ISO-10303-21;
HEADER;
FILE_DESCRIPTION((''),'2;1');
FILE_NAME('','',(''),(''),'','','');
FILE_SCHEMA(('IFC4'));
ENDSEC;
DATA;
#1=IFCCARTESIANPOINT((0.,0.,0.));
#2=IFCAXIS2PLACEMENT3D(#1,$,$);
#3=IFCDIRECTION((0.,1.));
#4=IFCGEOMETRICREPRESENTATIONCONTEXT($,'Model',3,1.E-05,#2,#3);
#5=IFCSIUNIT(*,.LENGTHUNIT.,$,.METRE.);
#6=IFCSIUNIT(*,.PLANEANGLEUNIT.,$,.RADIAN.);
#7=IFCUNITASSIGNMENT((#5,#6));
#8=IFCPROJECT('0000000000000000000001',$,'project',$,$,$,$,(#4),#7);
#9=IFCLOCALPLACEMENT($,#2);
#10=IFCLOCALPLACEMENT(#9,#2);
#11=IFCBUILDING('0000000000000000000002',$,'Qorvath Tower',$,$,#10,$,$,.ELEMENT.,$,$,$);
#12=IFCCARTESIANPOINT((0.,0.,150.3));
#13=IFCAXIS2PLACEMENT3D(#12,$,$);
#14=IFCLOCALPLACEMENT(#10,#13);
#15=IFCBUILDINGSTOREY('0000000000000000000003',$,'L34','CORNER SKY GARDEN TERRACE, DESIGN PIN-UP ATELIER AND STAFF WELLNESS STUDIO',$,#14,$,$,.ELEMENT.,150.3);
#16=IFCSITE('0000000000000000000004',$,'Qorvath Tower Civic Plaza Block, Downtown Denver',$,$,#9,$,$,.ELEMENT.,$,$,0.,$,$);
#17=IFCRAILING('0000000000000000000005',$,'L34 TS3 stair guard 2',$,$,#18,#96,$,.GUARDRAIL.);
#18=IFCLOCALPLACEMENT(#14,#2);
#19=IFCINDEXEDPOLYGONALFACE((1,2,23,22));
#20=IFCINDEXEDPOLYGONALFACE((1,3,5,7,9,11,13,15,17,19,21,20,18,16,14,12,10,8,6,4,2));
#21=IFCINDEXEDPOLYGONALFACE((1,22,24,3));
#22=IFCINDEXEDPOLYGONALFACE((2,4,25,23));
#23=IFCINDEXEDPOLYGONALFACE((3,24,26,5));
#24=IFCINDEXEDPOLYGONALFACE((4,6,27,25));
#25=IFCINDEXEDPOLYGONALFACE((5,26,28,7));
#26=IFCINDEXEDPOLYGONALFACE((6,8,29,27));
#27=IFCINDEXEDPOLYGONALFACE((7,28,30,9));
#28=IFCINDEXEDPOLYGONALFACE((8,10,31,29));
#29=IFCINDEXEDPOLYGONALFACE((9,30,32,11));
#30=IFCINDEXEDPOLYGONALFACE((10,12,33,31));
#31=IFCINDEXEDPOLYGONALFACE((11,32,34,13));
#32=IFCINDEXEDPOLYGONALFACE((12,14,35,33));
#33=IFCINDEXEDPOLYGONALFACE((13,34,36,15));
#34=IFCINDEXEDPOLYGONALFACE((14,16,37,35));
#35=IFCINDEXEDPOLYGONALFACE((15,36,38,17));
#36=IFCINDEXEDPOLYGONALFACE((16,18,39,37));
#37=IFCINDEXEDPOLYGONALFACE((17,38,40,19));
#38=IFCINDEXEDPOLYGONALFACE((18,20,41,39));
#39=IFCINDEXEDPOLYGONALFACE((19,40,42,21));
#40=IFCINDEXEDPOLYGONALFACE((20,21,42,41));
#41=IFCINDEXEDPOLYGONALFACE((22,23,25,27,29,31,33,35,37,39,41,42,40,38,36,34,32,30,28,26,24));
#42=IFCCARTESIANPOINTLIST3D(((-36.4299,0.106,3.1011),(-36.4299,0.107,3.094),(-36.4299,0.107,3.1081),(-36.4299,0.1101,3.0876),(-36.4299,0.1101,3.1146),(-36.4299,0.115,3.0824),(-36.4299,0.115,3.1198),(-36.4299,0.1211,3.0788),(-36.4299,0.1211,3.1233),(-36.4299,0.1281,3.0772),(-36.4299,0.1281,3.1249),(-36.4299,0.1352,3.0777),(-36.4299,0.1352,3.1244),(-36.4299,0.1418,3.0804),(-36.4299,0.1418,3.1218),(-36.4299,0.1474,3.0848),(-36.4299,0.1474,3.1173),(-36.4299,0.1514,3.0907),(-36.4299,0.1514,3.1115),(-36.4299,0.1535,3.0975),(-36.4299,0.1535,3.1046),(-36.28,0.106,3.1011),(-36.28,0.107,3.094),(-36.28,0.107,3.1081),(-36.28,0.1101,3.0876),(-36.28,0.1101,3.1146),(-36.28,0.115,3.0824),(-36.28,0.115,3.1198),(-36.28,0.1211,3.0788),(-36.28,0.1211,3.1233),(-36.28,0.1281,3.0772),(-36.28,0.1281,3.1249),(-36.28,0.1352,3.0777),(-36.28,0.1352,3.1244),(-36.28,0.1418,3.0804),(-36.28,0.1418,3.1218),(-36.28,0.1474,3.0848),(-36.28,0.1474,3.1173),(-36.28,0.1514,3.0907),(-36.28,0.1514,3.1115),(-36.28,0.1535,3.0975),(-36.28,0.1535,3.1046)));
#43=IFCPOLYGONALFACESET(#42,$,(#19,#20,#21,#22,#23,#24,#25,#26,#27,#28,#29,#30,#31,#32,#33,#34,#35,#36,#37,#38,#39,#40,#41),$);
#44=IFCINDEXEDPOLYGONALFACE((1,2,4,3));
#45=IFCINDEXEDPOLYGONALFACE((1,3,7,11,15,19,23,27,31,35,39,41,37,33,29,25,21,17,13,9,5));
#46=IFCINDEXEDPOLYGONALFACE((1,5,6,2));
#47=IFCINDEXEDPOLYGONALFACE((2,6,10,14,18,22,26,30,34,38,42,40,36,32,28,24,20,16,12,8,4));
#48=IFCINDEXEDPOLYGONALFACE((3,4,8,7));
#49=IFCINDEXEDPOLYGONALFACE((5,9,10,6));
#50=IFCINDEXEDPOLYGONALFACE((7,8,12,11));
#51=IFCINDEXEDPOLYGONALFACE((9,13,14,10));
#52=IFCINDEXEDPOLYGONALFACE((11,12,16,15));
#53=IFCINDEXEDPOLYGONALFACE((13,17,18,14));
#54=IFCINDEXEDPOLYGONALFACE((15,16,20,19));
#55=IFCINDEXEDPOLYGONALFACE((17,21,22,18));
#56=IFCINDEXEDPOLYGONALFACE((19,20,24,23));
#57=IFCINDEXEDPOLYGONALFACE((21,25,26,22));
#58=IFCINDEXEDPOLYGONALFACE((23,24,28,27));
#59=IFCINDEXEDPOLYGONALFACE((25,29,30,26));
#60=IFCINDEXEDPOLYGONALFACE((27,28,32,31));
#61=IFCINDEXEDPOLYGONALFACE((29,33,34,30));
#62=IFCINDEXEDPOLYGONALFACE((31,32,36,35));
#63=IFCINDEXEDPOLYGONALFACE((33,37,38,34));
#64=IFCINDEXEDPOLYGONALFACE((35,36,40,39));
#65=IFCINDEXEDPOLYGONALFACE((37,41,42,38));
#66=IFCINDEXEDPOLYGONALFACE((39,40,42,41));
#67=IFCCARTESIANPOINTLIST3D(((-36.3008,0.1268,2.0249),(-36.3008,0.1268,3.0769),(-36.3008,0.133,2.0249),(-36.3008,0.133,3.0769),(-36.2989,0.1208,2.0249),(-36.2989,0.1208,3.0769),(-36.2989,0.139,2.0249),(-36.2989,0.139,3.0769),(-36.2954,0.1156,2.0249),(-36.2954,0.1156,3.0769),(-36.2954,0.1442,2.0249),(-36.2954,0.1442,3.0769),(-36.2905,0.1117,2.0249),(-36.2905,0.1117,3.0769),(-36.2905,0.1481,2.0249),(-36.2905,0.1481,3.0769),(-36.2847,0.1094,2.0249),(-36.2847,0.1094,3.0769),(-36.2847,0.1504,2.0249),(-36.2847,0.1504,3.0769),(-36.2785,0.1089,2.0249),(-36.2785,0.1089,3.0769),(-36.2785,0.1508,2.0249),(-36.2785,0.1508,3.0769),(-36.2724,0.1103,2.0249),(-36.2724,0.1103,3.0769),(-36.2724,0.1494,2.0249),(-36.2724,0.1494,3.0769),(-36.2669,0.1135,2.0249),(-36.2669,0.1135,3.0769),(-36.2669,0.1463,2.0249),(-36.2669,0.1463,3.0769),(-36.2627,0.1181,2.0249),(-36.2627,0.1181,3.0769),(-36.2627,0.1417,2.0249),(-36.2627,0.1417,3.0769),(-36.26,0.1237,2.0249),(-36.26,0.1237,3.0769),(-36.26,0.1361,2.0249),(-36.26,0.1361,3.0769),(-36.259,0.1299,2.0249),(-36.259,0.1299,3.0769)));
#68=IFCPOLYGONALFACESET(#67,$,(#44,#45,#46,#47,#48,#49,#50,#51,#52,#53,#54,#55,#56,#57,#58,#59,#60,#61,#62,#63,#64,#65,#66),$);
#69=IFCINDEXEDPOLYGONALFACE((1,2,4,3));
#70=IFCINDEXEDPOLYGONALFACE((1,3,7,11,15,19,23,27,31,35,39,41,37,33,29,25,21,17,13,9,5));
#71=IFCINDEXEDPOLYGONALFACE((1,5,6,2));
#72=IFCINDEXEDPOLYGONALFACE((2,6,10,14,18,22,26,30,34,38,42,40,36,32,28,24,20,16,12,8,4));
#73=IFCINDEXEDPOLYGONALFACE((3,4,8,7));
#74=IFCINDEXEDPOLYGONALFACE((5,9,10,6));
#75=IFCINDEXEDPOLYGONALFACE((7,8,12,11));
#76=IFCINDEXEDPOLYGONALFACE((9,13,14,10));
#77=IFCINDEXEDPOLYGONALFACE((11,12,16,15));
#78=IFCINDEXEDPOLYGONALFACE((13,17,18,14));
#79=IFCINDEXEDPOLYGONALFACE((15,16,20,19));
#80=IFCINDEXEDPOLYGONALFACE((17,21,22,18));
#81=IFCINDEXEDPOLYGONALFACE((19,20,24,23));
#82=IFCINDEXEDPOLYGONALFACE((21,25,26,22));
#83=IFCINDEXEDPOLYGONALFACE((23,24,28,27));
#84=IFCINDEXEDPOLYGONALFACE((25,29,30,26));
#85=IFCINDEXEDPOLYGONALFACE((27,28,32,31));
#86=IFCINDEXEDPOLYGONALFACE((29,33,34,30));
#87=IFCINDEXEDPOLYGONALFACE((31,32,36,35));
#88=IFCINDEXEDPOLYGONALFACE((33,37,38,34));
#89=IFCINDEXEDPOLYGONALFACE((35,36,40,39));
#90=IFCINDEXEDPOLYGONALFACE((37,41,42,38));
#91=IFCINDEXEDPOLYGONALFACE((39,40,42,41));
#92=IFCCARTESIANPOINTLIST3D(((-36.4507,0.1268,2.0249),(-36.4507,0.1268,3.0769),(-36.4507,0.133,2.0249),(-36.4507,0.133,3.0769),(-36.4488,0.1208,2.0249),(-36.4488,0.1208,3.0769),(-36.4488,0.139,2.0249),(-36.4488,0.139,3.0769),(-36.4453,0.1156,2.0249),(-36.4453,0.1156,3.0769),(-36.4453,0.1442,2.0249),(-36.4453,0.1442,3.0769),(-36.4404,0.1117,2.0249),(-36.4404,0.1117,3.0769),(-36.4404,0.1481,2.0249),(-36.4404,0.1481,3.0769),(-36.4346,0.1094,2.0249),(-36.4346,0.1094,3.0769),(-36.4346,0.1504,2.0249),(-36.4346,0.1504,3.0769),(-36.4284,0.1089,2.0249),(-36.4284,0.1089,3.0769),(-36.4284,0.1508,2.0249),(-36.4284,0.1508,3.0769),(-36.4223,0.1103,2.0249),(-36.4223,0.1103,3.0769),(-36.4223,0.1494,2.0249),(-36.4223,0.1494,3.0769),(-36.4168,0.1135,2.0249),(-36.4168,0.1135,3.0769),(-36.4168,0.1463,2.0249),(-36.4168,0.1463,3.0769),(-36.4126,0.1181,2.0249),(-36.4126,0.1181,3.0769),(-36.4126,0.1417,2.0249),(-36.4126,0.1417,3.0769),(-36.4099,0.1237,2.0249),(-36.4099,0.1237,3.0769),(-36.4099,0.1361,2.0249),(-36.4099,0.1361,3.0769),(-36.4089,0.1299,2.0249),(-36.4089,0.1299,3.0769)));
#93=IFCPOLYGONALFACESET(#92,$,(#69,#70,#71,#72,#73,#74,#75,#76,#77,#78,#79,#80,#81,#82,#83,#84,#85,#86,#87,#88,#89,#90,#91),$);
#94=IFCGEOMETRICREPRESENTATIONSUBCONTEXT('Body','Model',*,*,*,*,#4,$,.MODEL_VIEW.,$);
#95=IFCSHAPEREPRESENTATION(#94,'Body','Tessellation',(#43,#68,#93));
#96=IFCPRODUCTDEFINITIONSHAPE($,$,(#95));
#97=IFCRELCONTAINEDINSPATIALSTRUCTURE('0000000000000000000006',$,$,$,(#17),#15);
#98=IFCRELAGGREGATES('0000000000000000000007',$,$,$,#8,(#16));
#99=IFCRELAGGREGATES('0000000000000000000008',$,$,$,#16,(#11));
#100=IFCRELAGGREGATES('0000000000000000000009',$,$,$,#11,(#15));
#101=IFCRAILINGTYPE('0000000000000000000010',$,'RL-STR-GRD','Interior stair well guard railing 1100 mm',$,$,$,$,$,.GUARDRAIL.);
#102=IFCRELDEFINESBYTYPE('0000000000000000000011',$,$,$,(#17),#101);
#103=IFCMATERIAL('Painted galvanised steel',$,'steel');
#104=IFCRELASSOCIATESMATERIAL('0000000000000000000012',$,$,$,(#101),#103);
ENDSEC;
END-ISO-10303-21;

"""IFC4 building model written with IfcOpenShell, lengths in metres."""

from ifc_helpers import new_model, si_unit, direction, frame, origin, origin_2d, place, context, subcontext, project, spatial, circle, extrude, material, type_object, element, save


model = new_model("IFC4")

# Units and contexts
model_context = context("Model", 3, precision=1e-05, world=origin(), true_north=direction((0.0, 1.0)))
body_context = subcontext(model_context, "Body", "Model", "MODEL_VIEW")
ifc_project = project(units=[si_unit("LENGTHUNIT", "METRE"), si_unit("PLANEANGLEUNIT", "RADIAN")], contexts=[model_context])

# Site, building, storey
site_placement = place(None, origin())
site = spatial("IfcSite", under=ifc_project, at=site_placement, Name="Qorvath Tower Civic Plaza Block, Downtown Denver", CompositionType="ELEMENT", RefElevation=0.0)
building_placement = place(site_placement, origin())
building = spatial("IfcBuilding", under=site, at=building_placement, Name="Qorvath Tower", CompositionType="ELEMENT")
storey_placement = place(building_placement, frame((0.0, 0.0, 150.3)))
storey = spatial("IfcBuildingStorey", under=building, at=storey_placement, Name="L34", Description="CORNER SKY GARDEN TERRACE, DESIGN PIN-UP ATELIER AND STAFF WELLNESS STUDIO", CompositionType="ELEMENT", Elevation=150.3)

# Railing
ifc_material_1 = material(Name="Painted galvanised steel", Category="steel")
railing_type_1 = type_object("IfcRailingType", Name="RL-STR-GRD", Description="Interior stair well guard railing 1100 mm", PredefinedType="GUARDRAIL", material=ifc_material_1)
railing_1_placement = place(storey_placement, frame((-36.28, 0.1299, 2.0249)))
element("IfcRailing", 1, at=railing_1_placement, inside=storey, type_object=railing_type_1, Name="L34 TS3 stair guard 2", PredefinedType="GUARDRAIL", context=body_context, shape_type="SweptSolid", body=[
    extrude(circle(Radius=0.0239, at=origin_2d()), frame((0.0, 0.0, 1.0762), z_axis=(-1.0, 0.0, 0.0), x_axis=(0.0, -1.0, 0.0)), (0.0, 0.0, 1.0), 0.1499),
    extrude(circle(Radius=0.021, at=origin_2d()), origin(), (0.0, 0.0, 1.0), 1.052),
    extrude(circle(Radius=0.021, at=origin_2d()), frame((-0.1499, 0.0, 0.0)), (0.0, 0.0, 1.0), 1.052),
])

save(model, "model.ifc")
